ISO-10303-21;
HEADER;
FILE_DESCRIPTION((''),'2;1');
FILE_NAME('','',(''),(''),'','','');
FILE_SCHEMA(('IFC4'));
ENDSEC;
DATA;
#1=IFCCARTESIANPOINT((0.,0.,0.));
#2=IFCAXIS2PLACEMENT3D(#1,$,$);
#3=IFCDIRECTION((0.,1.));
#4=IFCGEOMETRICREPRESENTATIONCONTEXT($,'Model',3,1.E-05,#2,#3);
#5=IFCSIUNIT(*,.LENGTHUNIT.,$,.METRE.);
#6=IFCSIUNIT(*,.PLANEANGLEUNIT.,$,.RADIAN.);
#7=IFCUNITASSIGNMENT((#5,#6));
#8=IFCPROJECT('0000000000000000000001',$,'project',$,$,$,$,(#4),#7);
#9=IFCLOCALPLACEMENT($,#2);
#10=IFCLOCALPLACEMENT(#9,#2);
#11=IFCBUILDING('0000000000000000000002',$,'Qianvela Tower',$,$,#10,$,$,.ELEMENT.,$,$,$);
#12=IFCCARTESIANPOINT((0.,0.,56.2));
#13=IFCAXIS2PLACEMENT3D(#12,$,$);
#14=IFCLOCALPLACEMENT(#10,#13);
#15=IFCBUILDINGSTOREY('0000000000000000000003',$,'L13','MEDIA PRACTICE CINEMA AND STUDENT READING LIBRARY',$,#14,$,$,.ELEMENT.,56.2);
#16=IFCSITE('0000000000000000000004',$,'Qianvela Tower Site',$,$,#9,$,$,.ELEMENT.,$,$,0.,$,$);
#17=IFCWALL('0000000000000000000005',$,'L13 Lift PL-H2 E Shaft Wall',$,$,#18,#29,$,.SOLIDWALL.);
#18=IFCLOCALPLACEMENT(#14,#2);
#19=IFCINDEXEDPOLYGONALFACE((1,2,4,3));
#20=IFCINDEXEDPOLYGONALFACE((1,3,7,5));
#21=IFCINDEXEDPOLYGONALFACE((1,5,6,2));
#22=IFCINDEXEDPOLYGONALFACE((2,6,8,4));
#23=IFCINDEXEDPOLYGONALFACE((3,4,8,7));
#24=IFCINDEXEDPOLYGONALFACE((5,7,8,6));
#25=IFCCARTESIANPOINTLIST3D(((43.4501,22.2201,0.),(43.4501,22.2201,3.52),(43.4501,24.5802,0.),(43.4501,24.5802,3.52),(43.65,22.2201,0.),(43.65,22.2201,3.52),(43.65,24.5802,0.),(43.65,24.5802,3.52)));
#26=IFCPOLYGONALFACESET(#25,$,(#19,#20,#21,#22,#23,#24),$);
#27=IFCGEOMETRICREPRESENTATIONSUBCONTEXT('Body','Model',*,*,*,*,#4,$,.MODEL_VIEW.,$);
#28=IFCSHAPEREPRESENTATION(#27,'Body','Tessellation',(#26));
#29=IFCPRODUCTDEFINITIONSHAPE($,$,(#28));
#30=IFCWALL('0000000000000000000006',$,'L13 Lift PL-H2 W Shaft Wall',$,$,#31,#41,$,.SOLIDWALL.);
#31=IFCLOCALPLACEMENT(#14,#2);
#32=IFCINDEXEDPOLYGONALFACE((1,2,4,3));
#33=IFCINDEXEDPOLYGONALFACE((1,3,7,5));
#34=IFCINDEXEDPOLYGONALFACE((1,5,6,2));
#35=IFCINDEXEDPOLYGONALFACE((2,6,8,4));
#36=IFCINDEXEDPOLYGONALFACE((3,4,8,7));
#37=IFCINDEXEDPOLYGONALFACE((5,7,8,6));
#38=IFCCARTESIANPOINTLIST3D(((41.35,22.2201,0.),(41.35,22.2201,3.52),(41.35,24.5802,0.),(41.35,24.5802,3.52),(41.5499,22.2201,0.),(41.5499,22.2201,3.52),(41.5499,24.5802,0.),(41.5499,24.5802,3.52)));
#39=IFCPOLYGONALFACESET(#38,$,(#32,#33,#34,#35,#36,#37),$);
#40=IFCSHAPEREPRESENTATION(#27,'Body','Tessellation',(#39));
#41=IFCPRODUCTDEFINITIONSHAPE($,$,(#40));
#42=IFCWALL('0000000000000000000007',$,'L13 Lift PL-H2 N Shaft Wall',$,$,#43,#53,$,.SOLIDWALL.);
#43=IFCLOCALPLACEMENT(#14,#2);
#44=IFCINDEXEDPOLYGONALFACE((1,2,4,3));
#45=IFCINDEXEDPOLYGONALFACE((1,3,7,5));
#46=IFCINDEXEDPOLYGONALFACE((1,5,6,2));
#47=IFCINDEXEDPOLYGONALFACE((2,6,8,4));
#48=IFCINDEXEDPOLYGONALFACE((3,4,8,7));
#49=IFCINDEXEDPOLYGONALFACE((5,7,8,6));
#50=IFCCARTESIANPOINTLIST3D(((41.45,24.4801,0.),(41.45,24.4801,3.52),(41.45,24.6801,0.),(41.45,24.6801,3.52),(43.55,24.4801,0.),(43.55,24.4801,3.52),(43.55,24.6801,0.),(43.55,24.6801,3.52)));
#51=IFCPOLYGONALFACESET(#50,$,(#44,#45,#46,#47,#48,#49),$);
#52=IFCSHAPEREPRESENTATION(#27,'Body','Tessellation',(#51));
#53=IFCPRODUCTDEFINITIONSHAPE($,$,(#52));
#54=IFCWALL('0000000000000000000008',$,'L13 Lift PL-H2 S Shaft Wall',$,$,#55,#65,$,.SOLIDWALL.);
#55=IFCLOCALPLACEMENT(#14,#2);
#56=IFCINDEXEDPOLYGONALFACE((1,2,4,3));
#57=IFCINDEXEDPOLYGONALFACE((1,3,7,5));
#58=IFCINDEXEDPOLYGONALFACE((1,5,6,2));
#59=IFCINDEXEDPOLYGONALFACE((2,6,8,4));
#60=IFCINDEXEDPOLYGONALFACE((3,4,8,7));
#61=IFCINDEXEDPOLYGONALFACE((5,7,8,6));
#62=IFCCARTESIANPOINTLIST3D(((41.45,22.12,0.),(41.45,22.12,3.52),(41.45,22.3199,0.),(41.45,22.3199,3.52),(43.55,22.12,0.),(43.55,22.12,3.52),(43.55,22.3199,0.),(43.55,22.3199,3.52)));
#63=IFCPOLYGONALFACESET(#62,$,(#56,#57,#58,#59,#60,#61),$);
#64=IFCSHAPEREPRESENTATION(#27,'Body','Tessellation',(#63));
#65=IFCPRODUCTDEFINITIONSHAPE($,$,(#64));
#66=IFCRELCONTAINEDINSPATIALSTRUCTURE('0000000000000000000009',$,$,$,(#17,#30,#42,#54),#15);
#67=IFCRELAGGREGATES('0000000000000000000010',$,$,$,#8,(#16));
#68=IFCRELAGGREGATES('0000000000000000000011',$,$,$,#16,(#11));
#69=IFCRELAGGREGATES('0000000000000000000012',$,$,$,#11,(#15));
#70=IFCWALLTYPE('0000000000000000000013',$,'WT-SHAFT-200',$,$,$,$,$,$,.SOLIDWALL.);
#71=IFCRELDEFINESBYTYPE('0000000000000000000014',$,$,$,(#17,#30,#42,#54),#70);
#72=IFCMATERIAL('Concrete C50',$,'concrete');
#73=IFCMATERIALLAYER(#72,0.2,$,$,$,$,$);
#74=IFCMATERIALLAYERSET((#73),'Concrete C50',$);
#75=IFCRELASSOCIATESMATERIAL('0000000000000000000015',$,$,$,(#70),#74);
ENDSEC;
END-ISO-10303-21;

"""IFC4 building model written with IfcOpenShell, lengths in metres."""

from ifc_helpers import new_model, si_unit, direction, frame, frame_2d, origin, place, context, subcontext, project, spatial, rectangle, extrude, material, layer, layer_set, type_object, element, save


model = new_model("IFC4")

# Units and contexts
model_context = context("Model", 3, precision=1e-05, world=origin(), true_north=direction((0.0, 1.0)))
body_context = subcontext(model_context, "Body", "Model", "MODEL_VIEW")
ifc_project = project(units=[si_unit("LENGTHUNIT", "METRE"), si_unit("PLANEANGLEUNIT", "RADIAN")], contexts=[model_context])

# Site, building, storey
site_placement = place(None, origin())
site = spatial("IfcSite", under=ifc_project, at=site_placement, Name="Qianvela Tower Site", CompositionType="ELEMENT", RefElevation=0.0)
building_placement = place(site_placement, origin())
building = spatial("IfcBuilding", under=site, at=building_placement, Name="Qianvela Tower", CompositionType="ELEMENT")
storey_placement = place(building_placement, frame((0.0, 0.0, 56.2)))
storey = spatial("IfcBuildingStorey", under=building, at=storey_placement, Name="L13", Description="MEDIA PRACTICE CINEMA AND STUDENT READING LIBRARY", CompositionType="ELEMENT", Elevation=56.2)

# Walls
ifc_material_1 = material(Name="Concrete C50", Category="concrete")
ifc_layer_1 = layer(ifc_material_1, 0.2)
ifc_layer_set_1 = layer_set([ifc_layer_1], Name="Concrete C50")
wall_type_1 = type_object("IfcWallType", Name="WT-SHAFT-200", PredefinedType="SOLIDWALL", material=ifc_layer_set_1)
for number, where, z_axis, x_axis, name in (
    (1, (43.55, 22.22, 0.0), (0.0, 0.0, 1.0), (0.0, 1.0, 0.0), "L13 Lift PL-H2 E Shaft Wall"),
    (2, (41.45, 22.22, 0.0), (0.0, 0.0, 1.0), (0.0, 1.0, 0.0), "L13 Lift PL-H2 W Shaft Wall"),
):
    element("IfcWall", number, at=place(storey_placement, frame(where, z_axis=z_axis, x_axis=x_axis)), inside=storey, type_object=wall_type_1, Name=name, PredefinedType="SOLIDWALL", context=body_context, shape_type="SweptSolid", body=[
        extrude(rectangle(XDim=2.3601, YDim=0.2, at=frame_2d((1.1802, 0.0))), origin(), (0.0, 0.0, 1.0), 3.52),
    ])
for number, where, z_axis, x_axis, name in (
    (3, (41.45, 24.5801, 0.0), (0.0, 0.0, 1.0), (1.0, 0.0, 0.0), "L13 Lift PL-H2 N Shaft Wall"),
    (4, (41.45, 22.22, 0.0), (0.0, 0.0, 1.0), (1.0, 0.0, 0.0), "L13 Lift PL-H2 S Shaft Wall"),
):
    element("IfcWall", number, at=place(storey_placement, frame(where, z_axis=z_axis, x_axis=x_axis)), inside=storey, type_object=wall_type_1, Name=name, PredefinedType="SOLIDWALL", context=body_context, shape_type="SweptSolid", body=[
        extrude(rectangle(XDim=2.1001, YDim=0.2, at=frame_2d((1.05, 0.0))), origin(), (0.0, 0.0, 1.0), 3.52),
    ])

save(model, "model.ifc")
